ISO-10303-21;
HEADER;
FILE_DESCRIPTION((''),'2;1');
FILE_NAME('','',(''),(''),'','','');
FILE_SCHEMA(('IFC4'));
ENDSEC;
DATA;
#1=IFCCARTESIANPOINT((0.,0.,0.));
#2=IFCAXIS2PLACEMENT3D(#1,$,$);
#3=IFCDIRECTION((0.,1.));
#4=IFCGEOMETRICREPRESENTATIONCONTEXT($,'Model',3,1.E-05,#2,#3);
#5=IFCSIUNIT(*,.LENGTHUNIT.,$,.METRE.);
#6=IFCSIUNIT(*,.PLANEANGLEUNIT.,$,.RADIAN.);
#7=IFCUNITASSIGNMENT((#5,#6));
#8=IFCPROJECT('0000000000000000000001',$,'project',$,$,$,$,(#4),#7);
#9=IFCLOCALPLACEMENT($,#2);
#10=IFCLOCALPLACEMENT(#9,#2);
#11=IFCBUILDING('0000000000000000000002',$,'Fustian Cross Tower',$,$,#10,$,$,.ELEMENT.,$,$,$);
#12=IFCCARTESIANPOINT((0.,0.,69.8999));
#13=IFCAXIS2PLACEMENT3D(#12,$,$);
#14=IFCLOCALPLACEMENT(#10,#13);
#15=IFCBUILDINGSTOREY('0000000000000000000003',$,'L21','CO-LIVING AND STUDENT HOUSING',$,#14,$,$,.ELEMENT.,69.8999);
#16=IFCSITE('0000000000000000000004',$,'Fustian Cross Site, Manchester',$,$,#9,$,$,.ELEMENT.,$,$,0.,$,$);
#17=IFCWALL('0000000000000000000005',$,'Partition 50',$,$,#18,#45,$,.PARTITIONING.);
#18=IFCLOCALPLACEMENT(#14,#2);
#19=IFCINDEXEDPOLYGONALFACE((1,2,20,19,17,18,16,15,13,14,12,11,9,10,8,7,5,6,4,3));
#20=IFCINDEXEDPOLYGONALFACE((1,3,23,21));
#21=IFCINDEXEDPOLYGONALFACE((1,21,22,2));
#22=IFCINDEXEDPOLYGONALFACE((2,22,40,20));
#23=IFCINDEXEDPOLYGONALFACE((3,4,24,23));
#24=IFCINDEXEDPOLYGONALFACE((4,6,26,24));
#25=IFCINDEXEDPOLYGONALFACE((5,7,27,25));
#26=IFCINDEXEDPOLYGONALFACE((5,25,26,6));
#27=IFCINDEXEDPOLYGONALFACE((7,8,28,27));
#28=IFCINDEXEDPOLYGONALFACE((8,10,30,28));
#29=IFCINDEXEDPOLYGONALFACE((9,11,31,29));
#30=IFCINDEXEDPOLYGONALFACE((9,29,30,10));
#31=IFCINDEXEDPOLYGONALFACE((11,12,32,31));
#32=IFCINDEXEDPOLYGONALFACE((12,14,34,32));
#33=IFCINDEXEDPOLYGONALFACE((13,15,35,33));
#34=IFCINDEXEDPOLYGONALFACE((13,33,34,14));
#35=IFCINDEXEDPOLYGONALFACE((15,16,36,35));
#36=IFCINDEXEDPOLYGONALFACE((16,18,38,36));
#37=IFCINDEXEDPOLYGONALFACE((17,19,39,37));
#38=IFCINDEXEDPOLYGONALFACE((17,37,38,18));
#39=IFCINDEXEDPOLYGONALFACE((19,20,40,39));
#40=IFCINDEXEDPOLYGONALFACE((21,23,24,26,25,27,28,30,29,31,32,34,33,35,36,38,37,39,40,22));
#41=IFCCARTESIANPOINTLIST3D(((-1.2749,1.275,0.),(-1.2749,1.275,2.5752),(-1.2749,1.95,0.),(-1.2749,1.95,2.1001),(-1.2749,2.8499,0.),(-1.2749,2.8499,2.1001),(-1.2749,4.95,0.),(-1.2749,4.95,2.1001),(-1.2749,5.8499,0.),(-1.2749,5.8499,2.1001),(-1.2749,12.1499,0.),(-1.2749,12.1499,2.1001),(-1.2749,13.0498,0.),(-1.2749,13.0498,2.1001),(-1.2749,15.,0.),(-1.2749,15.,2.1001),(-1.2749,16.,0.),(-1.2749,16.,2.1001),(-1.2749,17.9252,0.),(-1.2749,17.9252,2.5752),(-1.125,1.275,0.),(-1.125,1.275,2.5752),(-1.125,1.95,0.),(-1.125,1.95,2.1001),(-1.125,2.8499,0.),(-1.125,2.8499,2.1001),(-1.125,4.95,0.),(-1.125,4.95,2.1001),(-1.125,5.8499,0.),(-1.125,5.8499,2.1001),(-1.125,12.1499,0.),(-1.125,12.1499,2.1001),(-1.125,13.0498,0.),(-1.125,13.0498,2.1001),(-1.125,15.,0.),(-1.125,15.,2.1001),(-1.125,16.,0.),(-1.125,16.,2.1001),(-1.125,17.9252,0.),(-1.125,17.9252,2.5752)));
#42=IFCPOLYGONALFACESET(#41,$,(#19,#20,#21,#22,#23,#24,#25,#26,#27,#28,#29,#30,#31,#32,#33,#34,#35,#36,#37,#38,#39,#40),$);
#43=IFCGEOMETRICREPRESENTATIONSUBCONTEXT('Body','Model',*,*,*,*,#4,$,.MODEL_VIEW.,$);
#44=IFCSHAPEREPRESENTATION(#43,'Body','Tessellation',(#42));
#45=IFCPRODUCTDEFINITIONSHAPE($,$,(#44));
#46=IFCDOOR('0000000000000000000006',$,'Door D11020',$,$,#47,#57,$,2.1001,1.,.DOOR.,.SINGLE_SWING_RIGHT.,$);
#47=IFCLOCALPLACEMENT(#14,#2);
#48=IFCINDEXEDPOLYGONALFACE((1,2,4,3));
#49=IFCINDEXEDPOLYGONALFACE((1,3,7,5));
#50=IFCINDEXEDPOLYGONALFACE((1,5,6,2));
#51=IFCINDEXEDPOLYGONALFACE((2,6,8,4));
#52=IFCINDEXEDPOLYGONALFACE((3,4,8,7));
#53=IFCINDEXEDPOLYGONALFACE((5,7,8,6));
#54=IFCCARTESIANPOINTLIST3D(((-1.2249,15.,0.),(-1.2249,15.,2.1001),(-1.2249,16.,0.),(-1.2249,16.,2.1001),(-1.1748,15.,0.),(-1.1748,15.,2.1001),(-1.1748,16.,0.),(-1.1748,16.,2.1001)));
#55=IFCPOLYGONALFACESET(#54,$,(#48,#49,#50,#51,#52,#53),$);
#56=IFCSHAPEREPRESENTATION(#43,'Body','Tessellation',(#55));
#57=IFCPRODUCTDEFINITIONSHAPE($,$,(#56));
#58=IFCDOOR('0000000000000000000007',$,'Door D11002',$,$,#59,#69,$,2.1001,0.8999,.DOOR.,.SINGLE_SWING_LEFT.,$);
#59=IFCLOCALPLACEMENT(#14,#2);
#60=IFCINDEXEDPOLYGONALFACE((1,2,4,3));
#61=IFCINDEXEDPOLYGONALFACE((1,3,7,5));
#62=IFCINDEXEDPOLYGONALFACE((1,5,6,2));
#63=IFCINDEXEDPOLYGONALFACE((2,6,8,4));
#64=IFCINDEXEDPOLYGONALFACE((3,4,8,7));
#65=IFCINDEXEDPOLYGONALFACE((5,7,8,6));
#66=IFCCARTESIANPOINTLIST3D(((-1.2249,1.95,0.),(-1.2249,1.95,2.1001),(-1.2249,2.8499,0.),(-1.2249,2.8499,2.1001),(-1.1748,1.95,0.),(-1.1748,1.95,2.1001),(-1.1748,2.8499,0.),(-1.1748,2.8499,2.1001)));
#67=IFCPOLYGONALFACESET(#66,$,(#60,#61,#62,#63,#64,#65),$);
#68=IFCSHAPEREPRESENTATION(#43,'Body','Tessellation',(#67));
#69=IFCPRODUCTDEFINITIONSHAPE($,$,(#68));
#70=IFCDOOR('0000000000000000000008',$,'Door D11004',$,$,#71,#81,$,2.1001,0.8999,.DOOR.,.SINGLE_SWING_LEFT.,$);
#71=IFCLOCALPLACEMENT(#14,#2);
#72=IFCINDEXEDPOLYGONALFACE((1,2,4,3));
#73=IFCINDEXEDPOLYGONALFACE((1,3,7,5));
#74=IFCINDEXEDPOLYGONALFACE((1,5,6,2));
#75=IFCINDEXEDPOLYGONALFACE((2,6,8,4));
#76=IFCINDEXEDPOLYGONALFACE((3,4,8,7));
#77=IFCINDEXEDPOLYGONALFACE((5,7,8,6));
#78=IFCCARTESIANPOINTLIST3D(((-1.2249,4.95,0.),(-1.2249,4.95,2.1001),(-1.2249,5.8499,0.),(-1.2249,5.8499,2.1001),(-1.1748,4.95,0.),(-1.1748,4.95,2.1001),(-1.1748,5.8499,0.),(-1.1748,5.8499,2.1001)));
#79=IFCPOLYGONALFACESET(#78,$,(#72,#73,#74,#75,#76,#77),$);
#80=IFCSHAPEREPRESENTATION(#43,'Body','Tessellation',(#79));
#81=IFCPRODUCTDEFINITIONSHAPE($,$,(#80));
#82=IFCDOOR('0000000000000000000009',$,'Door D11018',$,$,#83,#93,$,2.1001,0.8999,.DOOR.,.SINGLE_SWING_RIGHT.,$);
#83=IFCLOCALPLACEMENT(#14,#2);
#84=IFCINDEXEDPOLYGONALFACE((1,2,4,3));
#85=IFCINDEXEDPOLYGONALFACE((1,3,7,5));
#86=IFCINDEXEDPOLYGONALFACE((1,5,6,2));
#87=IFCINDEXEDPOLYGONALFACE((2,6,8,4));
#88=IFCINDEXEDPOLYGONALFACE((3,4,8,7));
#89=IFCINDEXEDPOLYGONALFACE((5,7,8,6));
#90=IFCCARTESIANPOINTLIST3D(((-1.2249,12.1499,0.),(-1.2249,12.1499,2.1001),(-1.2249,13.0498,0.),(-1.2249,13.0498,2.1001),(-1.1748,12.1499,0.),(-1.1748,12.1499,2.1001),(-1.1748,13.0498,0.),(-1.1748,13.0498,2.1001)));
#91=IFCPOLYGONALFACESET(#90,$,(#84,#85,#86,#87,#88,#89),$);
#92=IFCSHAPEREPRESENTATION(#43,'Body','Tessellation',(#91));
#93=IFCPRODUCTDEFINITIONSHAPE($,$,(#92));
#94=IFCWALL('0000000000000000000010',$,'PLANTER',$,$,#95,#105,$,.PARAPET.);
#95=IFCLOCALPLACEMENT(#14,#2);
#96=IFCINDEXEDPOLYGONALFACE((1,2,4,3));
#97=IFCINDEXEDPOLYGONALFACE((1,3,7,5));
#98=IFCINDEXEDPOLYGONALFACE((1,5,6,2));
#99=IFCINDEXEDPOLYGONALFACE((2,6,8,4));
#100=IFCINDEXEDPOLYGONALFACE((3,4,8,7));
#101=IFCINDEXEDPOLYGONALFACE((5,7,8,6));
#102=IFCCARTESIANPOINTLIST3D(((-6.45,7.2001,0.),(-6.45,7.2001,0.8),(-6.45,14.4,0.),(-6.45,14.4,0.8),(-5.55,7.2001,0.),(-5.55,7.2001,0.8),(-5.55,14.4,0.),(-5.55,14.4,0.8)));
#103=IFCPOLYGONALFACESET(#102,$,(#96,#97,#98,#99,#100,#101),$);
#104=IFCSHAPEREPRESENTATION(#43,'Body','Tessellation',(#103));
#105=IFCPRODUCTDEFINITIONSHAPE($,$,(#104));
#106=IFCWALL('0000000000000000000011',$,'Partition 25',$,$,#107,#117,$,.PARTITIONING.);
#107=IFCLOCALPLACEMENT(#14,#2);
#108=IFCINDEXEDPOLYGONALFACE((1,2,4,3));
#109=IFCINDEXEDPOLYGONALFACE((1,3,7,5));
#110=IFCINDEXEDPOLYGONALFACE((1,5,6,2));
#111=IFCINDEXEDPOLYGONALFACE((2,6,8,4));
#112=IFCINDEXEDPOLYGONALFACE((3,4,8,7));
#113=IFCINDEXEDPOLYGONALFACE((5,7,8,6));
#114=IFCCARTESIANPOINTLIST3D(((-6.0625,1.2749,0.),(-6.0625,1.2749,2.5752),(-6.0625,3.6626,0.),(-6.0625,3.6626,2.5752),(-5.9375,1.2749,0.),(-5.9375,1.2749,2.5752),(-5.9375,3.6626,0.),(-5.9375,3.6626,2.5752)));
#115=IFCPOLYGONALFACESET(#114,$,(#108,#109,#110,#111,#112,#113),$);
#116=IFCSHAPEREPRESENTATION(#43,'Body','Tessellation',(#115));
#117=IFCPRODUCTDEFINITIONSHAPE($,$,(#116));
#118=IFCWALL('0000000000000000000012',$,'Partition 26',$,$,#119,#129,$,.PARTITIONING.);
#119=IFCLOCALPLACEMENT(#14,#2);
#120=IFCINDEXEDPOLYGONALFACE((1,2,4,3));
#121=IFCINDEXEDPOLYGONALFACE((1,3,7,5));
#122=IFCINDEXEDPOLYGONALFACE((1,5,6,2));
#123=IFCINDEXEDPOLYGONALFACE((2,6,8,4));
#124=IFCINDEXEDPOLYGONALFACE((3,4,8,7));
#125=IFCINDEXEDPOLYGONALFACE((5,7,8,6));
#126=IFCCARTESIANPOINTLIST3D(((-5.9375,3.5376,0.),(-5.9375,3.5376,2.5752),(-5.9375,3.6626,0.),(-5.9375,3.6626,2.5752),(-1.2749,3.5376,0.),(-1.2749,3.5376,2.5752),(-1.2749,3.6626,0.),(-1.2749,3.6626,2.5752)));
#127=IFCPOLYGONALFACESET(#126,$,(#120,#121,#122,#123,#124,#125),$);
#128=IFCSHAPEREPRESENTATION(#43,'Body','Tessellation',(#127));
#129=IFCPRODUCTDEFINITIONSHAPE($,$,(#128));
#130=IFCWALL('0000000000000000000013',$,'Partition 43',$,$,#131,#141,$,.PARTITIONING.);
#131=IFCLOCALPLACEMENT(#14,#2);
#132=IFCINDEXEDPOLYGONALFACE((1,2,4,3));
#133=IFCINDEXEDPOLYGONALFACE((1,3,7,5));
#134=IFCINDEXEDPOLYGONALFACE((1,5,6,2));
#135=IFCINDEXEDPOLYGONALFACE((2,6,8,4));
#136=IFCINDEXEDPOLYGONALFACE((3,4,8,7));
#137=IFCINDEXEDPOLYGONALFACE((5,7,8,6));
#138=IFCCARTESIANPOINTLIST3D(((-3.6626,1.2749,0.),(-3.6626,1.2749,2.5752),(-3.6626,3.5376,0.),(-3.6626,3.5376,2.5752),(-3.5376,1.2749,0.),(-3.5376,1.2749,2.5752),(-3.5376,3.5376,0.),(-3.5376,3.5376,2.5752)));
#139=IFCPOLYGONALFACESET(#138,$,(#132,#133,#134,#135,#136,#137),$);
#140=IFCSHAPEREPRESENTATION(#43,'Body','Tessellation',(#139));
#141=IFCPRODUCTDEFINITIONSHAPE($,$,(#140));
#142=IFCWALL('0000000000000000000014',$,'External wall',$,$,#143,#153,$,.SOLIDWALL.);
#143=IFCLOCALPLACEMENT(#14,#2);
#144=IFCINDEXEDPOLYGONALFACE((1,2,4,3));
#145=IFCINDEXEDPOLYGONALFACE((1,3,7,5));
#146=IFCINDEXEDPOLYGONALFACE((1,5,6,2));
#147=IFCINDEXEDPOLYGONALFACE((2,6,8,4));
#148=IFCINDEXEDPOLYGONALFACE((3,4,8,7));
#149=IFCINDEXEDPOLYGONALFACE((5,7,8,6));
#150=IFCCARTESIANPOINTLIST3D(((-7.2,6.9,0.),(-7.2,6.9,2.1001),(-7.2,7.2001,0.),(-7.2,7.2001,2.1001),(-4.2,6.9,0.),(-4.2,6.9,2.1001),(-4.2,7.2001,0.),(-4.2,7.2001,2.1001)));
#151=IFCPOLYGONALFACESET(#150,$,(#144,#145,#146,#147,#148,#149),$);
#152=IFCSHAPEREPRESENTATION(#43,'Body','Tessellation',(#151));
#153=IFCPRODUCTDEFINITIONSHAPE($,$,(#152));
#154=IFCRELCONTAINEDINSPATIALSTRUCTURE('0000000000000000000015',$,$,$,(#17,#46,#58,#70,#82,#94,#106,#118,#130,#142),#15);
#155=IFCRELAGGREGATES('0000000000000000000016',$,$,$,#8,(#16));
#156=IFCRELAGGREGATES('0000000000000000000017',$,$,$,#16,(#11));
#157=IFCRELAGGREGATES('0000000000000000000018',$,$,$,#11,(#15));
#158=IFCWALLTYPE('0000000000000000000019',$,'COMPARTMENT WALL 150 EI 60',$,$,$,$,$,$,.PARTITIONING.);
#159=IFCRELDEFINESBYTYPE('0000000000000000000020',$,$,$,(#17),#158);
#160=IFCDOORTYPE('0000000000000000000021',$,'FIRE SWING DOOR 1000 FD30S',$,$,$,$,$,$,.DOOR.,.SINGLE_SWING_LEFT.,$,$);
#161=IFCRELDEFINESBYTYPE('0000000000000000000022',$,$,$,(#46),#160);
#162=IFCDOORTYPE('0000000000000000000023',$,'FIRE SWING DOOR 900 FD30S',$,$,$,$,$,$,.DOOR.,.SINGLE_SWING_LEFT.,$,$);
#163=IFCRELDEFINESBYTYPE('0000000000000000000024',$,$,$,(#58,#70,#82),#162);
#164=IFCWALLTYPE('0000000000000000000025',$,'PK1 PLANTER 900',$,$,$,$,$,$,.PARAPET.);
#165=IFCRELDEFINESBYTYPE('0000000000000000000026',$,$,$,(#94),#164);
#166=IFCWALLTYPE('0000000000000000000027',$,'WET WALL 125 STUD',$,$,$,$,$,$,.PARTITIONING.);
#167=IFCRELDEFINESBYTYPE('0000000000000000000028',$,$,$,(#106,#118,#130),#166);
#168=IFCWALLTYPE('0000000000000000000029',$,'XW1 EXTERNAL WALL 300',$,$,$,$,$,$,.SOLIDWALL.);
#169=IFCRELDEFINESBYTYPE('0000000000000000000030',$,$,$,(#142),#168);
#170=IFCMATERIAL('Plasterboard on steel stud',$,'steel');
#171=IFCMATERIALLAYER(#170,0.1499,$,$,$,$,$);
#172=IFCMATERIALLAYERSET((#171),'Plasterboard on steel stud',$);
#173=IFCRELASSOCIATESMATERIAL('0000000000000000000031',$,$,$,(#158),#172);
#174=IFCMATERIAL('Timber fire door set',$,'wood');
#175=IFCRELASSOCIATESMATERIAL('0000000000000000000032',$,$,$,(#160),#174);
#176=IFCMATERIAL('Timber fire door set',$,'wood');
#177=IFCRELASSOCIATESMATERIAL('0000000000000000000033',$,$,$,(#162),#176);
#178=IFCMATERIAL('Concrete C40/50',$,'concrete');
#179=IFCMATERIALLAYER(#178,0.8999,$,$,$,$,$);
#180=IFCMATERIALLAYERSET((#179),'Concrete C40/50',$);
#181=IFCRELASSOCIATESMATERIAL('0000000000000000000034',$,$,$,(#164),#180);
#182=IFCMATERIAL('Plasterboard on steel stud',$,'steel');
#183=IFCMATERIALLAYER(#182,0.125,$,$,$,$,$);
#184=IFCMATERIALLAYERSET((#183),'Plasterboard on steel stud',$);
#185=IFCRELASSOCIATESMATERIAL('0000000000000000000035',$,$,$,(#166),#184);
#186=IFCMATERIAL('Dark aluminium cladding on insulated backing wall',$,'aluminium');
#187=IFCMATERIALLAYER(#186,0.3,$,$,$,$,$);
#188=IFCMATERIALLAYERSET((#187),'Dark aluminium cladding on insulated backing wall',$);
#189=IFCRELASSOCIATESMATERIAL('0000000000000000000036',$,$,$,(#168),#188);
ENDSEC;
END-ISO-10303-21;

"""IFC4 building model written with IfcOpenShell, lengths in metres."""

from ifc_helpers import new_model, si_unit, direction, frame, frame_2d, origin, place, context, subcontext, project, spatial, rectangle, extrude, material, layer, layer_set, type_object, element, fill, save


model = new_model("IFC4")

# Units and contexts
model_context = context("Model", 3, precision=1e-05, world=origin(), true_north=direction((0.0, 1.0)))
body_context = subcontext(model_context, "Body", "Model", "MODEL_VIEW")
ifc_project = project(units=[si_unit("LENGTHUNIT", "METRE"), si_unit("PLANEANGLEUNIT", "RADIAN")], contexts=[model_context])

# Site, building, storey
site_placement = place(None, origin())
site = spatial("IfcSite", under=ifc_project, at=site_placement, Name="Fustian Cross Site, Manchester", CompositionType="ELEMENT", RefElevation=0.0)
building_placement = place(site_placement, origin())
building = spatial("IfcBuilding", under=site, at=building_placement, Name="Fustian Cross Tower", CompositionType="ELEMENT")
storey_placement = place(building_placement, frame((0.0, 0.0, 69.8999)))
storey = spatial("IfcBuildingStorey", under=building, at=storey_placement, Name="L21", Description="CO-LIVING AND STUDENT HOUSING", CompositionType="ELEMENT", Elevation=69.8999)

# Wall, openings, doors
ifc_material_1 = material(Name="Plasterboard on steel stud", Category="steel")
ifc_layer_1 = layer(ifc_material_1, 0.1499)
ifc_layer_set_1 = layer_set([ifc_layer_1], Name="Plasterboard on steel stud")
wall_type_1 = type_object("IfcWallType", Name="COMPARTMENT WALL 150 EI 60", PredefinedType="PARTITIONING", material=ifc_layer_set_1)
wall_1_placement = place(storey_placement, frame((-1.2, 1.2749, 0.0), z_axis=(0.0, 0.0, 1.0), x_axis=(0.0, 1.0, 0.0)))
wall_1 = element("IfcWall", 1, at=wall_1_placement, inside=storey, type_object=wall_type_1, Name="Partition 50", PredefinedType="PARTITIONING", context=body_context, shape_type="SweptSolid", body=[
    extrude(rectangle(XDim=16.6501, YDim=0.1499, at=frame_2d((8.3252, 0.0))), origin(), (0.0, 0.0, 1.0), 2.5752),
])
opening_1_placement = place(wall_1_placement, frame((0.675, 0.0, 0.0)))
opening_1 = element("IfcOpeningElement", 2, at=opening_1_placement, cuts=wall_1, PredefinedType="OPENING", context=body_context, shape_type="SweptSolid", body=[
    extrude(rectangle(XDim=0.8999, YDim=2.1001, at=frame_2d((0.45, 1.05))), frame((0.0, 0.085, 0.0), z_axis=(0.0, -1.0, 0.0), x_axis=(1.0, 0.0, 0.0)), (0.0, 0.0, 1.0), 0.1699),
])
opening_2_placement = place(wall_1_placement, frame((3.675, 0.0, 0.0)))
opening_2 = element("IfcOpeningElement", 3, at=opening_2_placement, cuts=wall_1, PredefinedType="OPENING", context=body_context, shape_type="SweptSolid", body=[
    extrude(rectangle(XDim=0.8999, YDim=2.1001, at=frame_2d((0.45, 1.05))), frame((0.0, 0.085, 0.0), z_axis=(0.0, -1.0, 0.0), x_axis=(1.0, 0.0, 0.0)), (0.0, 0.0, 1.0), 0.1699),
])
opening_3_placement = place(wall_1_placement, frame((10.875, 0.0, 0.0)))
opening_3 = element("IfcOpeningElement", 4, at=opening_3_placement, cuts=wall_1, PredefinedType="OPENING", context=body_context, shape_type="SweptSolid", body=[
    extrude(rectangle(XDim=0.8999, YDim=2.1001, at=frame_2d((0.45, 1.05))), frame((0.0, 0.085, 0.0), z_axis=(0.0, -1.0, 0.0), x_axis=(1.0, 0.0, 0.0)), (0.0, 0.0, 1.0), 0.1699),
])
opening_4_placement = place(wall_1_placement, frame((13.7251, 0.0, 0.0)))
opening_4 = element("IfcOpeningElement", 5, at=opening_4_placement, cuts=wall_1, PredefinedType="OPENING", context=body_context, shape_type="SweptSolid", body=[
    extrude(rectangle(XDim=1.0, YDim=2.1001, at=frame_2d((0.5, 1.05))), frame((0.0, 0.085, 0.0), z_axis=(0.0, -1.0, 0.0), x_axis=(1.0, 0.0, 0.0)), (0.0, 0.0, 1.0), 0.1699),
])
ifc_material_2 = material(Name="Timber fire door set", Category="wood")
door_type_1 = type_object("IfcDoorType", Name="FIRE SWING DOOR 1000 FD30S", OperationType="SINGLE_SWING_LEFT", PredefinedType="DOOR", material=ifc_material_2)
door_1_placement = place(opening_4_placement, origin())
door_1 = element("IfcDoor", 6, at=door_1_placement, inside=storey, type_object=door_type_1, Name="Door D11020", OperationType="SINGLE_SWING_RIGHT", OverallHeight=2.1001, OverallWidth=1.0, PredefinedType="DOOR", context=body_context, shape_type="SweptSolid", body=[
    extrude(rectangle(XDim=1.0, YDim=2.1001, at=frame_2d((0.5, 1.05))), frame((0.0, 0.0249, 0.0), z_axis=(0.0, -1.0, 0.0), x_axis=(1.0, 0.0, 0.0)), (0.0, 0.0, 1.0), 0.05),
])
fill(opening_4, door_1)
ifc_material_3 = material(Name="Timber fire door set", Category="wood")
door_type_2 = type_object("IfcDoorType", Name="FIRE SWING DOOR 900 FD30S", OperationType="SINGLE_SWING_LEFT", PredefinedType="DOOR", material=ifc_material_3)
door_2_placement = place(opening_1_placement, origin())
door_2 = element("IfcDoor", 7, at=door_2_placement, inside=storey, type_object=door_type_2, Name="Door D11002", OperationType="SINGLE_SWING_LEFT", OverallHeight=2.1001, OverallWidth=0.8999, PredefinedType="DOOR", context=body_context, shape_type="SweptSolid", body=[
    extrude(rectangle(XDim=0.8999, YDim=2.1001, at=frame_2d((0.45, 1.05))), frame((0.0, 0.0249, 0.0), z_axis=(0.0, -1.0, 0.0), x_axis=(1.0, 0.0, 0.0)), (0.0, 0.0, 1.0), 0.05),
])
fill(opening_1, door_2)
door_3_placement = place(opening_2_placement, origin())
door_3 = element("IfcDoor", 8, at=door_3_placement, inside=storey, type_object=door_type_2, Name="Door D11004", OperationType="SINGLE_SWING_LEFT", OverallHeight=2.1001, OverallWidth=0.8999, PredefinedType="DOOR", context=body_context, shape_type="SweptSolid", body=[
    extrude(rectangle(XDim=0.8999, YDim=2.1001, at=frame_2d((0.45, 1.05))), frame((0.0, 0.0249, 0.0), z_axis=(0.0, -1.0, 0.0), x_axis=(1.0, 0.0, 0.0)), (0.0, 0.0, 1.0), 0.05),
])
fill(opening_2, door_3)
door_4_placement = place(opening_3_placement, origin())
door_4 = element("IfcDoor", 9, at=door_4_placement, inside=storey, type_object=door_type_2, Name="Door D11018", OperationType="SINGLE_SWING_RIGHT", OverallHeight=2.1001, OverallWidth=0.8999, PredefinedType="DOOR", context=body_context, shape_type="SweptSolid", body=[
    extrude(rectangle(XDim=0.8999, YDim=2.1001, at=frame_2d((0.45, 1.05))), frame((0.0, 0.0249, 0.0), z_axis=(0.0, -1.0, 0.0), x_axis=(1.0, 0.0, 0.0)), (0.0, 0.0, 1.0), 0.05),
])
fill(opening_3, door_4)

# Walls
ifc_material_4 = material(Name="Concrete C40/50", Category="concrete")
ifc_layer_2 = layer(ifc_material_4, 0.8999)
ifc_layer_set_2 = layer_set([ifc_layer_2], Name="Concrete C40/50")
wall_type_2 = type_object("IfcWallType", Name="PK1 PLANTER 900", PredefinedType="PARAPET", material=ifc_layer_set_2)
wall_2_placement = place(storey_placement, frame((-6.0, 7.2, 0.0), z_axis=(0.0, 0.0, 1.0), x_axis=(0.0, 1.0, 0.0)))
element("IfcWall", 10, at=wall_2_placement, inside=storey, type_object=wall_type_2, Name="PLANTER", PredefinedType="PARAPET", context=body_context, shape_type="SweptSolid", body=[
    extrude(rectangle(XDim=7.2, YDim=0.8999, at=frame_2d((3.6001, 0.0))), origin(), (0.0, 0.0, 1.0), 0.8),
])
ifc_material_5 = material(Name="Plasterboard on steel stud", Category="steel")
ifc_layer_3 = layer(ifc_material_5, 0.125)
ifc_layer_set_3 = layer_set([ifc_layer_3], Name="Plasterboard on steel stud")
wall_type_3 = type_object("IfcWallType", Name="WET WALL 125 STUD", PredefinedType="PARTITIONING", material=ifc_layer_set_3)
wall_3_placement = place(storey_placement, frame((-6.0, 1.2749, 0.0), z_axis=(0.0, 0.0, 1.0), x_axis=(0.0, 1.0, 0.0)))
element("IfcWall", 11, at=wall_3_placement, inside=storey, type_object=wall_type_3, Name="Partition 25", PredefinedType="PARTITIONING", context=body_context, shape_type="SweptSolid", body=[
    extrude(rectangle(XDim=2.3877, YDim=0.125, at=frame_2d((1.1938, 0.0))), origin(), (0.0, 0.0, 1.0), 2.5752),
])
wall_4_placement = place(storey_placement, frame((-5.9375, 3.6001, 0.0), z_axis=(0.0, 0.0, 1.0), x_axis=(1.0, 0.0, 0.0)))
element("IfcWall", 12, at=wall_4_placement, inside=storey, type_object=wall_type_3, Name="Partition 26", PredefinedType="PARTITIONING", context=body_context, shape_type="SweptSolid", body=[
    extrude(rectangle(XDim=4.6626, YDim=0.125, at=frame_2d((2.3313, 0.0))), origin(), (0.0, 0.0, 1.0), 2.5752),
])
wall_5_placement = place(storey_placement, frame((-3.6001, 1.2749, 0.0), z_axis=(0.0, 0.0, 1.0), x_axis=(0.0, 1.0, 0.0)))
element("IfcWall", 13, at=wall_5_placement, inside=storey, type_object=wall_type_3, Name="Partition 43", PredefinedType="PARTITIONING", context=body_context, shape_type="SweptSolid", body=[
    extrude(rectangle(XDim=2.2627, YDim=0.125, at=frame_2d((1.1313, 0.0))), origin(), (0.0, 0.0, 1.0), 2.5752),
])
ifc_material_6 = material(Name="Dark aluminium cladding on insulated backing wall", Category="aluminium")
ifc_layer_4 = layer(ifc_material_6, 0.3)
ifc_layer_set_4 = layer_set([ifc_layer_4], Name="Dark aluminium cladding on insulated backing wall")
wall_type_4 = type_object("IfcWallType", Name="XW1 EXTERNAL WALL 300", PredefinedType="SOLIDWALL", material=ifc_layer_set_4)
wall_6_placement = place(storey_placement, frame((-4.2, 7.05, 0.0), z_axis=(0.0, 0.0, 1.0), x_axis=(-1.0, 0.0, 0.0)))
element("IfcWall", 14, at=wall_6_placement, inside=storey, type_object=wall_type_4, Name="External wall", PredefinedType="SOLIDWALL", context=body_context, shape_type="SweptSolid", body=[
    extrude(rectangle(XDim=3.0, YDim=0.3, at=frame_2d((1.5, 0.0))), origin(), (0.0, 0.0, 1.0), 2.1001),
])

save(model, "model.ifc")
